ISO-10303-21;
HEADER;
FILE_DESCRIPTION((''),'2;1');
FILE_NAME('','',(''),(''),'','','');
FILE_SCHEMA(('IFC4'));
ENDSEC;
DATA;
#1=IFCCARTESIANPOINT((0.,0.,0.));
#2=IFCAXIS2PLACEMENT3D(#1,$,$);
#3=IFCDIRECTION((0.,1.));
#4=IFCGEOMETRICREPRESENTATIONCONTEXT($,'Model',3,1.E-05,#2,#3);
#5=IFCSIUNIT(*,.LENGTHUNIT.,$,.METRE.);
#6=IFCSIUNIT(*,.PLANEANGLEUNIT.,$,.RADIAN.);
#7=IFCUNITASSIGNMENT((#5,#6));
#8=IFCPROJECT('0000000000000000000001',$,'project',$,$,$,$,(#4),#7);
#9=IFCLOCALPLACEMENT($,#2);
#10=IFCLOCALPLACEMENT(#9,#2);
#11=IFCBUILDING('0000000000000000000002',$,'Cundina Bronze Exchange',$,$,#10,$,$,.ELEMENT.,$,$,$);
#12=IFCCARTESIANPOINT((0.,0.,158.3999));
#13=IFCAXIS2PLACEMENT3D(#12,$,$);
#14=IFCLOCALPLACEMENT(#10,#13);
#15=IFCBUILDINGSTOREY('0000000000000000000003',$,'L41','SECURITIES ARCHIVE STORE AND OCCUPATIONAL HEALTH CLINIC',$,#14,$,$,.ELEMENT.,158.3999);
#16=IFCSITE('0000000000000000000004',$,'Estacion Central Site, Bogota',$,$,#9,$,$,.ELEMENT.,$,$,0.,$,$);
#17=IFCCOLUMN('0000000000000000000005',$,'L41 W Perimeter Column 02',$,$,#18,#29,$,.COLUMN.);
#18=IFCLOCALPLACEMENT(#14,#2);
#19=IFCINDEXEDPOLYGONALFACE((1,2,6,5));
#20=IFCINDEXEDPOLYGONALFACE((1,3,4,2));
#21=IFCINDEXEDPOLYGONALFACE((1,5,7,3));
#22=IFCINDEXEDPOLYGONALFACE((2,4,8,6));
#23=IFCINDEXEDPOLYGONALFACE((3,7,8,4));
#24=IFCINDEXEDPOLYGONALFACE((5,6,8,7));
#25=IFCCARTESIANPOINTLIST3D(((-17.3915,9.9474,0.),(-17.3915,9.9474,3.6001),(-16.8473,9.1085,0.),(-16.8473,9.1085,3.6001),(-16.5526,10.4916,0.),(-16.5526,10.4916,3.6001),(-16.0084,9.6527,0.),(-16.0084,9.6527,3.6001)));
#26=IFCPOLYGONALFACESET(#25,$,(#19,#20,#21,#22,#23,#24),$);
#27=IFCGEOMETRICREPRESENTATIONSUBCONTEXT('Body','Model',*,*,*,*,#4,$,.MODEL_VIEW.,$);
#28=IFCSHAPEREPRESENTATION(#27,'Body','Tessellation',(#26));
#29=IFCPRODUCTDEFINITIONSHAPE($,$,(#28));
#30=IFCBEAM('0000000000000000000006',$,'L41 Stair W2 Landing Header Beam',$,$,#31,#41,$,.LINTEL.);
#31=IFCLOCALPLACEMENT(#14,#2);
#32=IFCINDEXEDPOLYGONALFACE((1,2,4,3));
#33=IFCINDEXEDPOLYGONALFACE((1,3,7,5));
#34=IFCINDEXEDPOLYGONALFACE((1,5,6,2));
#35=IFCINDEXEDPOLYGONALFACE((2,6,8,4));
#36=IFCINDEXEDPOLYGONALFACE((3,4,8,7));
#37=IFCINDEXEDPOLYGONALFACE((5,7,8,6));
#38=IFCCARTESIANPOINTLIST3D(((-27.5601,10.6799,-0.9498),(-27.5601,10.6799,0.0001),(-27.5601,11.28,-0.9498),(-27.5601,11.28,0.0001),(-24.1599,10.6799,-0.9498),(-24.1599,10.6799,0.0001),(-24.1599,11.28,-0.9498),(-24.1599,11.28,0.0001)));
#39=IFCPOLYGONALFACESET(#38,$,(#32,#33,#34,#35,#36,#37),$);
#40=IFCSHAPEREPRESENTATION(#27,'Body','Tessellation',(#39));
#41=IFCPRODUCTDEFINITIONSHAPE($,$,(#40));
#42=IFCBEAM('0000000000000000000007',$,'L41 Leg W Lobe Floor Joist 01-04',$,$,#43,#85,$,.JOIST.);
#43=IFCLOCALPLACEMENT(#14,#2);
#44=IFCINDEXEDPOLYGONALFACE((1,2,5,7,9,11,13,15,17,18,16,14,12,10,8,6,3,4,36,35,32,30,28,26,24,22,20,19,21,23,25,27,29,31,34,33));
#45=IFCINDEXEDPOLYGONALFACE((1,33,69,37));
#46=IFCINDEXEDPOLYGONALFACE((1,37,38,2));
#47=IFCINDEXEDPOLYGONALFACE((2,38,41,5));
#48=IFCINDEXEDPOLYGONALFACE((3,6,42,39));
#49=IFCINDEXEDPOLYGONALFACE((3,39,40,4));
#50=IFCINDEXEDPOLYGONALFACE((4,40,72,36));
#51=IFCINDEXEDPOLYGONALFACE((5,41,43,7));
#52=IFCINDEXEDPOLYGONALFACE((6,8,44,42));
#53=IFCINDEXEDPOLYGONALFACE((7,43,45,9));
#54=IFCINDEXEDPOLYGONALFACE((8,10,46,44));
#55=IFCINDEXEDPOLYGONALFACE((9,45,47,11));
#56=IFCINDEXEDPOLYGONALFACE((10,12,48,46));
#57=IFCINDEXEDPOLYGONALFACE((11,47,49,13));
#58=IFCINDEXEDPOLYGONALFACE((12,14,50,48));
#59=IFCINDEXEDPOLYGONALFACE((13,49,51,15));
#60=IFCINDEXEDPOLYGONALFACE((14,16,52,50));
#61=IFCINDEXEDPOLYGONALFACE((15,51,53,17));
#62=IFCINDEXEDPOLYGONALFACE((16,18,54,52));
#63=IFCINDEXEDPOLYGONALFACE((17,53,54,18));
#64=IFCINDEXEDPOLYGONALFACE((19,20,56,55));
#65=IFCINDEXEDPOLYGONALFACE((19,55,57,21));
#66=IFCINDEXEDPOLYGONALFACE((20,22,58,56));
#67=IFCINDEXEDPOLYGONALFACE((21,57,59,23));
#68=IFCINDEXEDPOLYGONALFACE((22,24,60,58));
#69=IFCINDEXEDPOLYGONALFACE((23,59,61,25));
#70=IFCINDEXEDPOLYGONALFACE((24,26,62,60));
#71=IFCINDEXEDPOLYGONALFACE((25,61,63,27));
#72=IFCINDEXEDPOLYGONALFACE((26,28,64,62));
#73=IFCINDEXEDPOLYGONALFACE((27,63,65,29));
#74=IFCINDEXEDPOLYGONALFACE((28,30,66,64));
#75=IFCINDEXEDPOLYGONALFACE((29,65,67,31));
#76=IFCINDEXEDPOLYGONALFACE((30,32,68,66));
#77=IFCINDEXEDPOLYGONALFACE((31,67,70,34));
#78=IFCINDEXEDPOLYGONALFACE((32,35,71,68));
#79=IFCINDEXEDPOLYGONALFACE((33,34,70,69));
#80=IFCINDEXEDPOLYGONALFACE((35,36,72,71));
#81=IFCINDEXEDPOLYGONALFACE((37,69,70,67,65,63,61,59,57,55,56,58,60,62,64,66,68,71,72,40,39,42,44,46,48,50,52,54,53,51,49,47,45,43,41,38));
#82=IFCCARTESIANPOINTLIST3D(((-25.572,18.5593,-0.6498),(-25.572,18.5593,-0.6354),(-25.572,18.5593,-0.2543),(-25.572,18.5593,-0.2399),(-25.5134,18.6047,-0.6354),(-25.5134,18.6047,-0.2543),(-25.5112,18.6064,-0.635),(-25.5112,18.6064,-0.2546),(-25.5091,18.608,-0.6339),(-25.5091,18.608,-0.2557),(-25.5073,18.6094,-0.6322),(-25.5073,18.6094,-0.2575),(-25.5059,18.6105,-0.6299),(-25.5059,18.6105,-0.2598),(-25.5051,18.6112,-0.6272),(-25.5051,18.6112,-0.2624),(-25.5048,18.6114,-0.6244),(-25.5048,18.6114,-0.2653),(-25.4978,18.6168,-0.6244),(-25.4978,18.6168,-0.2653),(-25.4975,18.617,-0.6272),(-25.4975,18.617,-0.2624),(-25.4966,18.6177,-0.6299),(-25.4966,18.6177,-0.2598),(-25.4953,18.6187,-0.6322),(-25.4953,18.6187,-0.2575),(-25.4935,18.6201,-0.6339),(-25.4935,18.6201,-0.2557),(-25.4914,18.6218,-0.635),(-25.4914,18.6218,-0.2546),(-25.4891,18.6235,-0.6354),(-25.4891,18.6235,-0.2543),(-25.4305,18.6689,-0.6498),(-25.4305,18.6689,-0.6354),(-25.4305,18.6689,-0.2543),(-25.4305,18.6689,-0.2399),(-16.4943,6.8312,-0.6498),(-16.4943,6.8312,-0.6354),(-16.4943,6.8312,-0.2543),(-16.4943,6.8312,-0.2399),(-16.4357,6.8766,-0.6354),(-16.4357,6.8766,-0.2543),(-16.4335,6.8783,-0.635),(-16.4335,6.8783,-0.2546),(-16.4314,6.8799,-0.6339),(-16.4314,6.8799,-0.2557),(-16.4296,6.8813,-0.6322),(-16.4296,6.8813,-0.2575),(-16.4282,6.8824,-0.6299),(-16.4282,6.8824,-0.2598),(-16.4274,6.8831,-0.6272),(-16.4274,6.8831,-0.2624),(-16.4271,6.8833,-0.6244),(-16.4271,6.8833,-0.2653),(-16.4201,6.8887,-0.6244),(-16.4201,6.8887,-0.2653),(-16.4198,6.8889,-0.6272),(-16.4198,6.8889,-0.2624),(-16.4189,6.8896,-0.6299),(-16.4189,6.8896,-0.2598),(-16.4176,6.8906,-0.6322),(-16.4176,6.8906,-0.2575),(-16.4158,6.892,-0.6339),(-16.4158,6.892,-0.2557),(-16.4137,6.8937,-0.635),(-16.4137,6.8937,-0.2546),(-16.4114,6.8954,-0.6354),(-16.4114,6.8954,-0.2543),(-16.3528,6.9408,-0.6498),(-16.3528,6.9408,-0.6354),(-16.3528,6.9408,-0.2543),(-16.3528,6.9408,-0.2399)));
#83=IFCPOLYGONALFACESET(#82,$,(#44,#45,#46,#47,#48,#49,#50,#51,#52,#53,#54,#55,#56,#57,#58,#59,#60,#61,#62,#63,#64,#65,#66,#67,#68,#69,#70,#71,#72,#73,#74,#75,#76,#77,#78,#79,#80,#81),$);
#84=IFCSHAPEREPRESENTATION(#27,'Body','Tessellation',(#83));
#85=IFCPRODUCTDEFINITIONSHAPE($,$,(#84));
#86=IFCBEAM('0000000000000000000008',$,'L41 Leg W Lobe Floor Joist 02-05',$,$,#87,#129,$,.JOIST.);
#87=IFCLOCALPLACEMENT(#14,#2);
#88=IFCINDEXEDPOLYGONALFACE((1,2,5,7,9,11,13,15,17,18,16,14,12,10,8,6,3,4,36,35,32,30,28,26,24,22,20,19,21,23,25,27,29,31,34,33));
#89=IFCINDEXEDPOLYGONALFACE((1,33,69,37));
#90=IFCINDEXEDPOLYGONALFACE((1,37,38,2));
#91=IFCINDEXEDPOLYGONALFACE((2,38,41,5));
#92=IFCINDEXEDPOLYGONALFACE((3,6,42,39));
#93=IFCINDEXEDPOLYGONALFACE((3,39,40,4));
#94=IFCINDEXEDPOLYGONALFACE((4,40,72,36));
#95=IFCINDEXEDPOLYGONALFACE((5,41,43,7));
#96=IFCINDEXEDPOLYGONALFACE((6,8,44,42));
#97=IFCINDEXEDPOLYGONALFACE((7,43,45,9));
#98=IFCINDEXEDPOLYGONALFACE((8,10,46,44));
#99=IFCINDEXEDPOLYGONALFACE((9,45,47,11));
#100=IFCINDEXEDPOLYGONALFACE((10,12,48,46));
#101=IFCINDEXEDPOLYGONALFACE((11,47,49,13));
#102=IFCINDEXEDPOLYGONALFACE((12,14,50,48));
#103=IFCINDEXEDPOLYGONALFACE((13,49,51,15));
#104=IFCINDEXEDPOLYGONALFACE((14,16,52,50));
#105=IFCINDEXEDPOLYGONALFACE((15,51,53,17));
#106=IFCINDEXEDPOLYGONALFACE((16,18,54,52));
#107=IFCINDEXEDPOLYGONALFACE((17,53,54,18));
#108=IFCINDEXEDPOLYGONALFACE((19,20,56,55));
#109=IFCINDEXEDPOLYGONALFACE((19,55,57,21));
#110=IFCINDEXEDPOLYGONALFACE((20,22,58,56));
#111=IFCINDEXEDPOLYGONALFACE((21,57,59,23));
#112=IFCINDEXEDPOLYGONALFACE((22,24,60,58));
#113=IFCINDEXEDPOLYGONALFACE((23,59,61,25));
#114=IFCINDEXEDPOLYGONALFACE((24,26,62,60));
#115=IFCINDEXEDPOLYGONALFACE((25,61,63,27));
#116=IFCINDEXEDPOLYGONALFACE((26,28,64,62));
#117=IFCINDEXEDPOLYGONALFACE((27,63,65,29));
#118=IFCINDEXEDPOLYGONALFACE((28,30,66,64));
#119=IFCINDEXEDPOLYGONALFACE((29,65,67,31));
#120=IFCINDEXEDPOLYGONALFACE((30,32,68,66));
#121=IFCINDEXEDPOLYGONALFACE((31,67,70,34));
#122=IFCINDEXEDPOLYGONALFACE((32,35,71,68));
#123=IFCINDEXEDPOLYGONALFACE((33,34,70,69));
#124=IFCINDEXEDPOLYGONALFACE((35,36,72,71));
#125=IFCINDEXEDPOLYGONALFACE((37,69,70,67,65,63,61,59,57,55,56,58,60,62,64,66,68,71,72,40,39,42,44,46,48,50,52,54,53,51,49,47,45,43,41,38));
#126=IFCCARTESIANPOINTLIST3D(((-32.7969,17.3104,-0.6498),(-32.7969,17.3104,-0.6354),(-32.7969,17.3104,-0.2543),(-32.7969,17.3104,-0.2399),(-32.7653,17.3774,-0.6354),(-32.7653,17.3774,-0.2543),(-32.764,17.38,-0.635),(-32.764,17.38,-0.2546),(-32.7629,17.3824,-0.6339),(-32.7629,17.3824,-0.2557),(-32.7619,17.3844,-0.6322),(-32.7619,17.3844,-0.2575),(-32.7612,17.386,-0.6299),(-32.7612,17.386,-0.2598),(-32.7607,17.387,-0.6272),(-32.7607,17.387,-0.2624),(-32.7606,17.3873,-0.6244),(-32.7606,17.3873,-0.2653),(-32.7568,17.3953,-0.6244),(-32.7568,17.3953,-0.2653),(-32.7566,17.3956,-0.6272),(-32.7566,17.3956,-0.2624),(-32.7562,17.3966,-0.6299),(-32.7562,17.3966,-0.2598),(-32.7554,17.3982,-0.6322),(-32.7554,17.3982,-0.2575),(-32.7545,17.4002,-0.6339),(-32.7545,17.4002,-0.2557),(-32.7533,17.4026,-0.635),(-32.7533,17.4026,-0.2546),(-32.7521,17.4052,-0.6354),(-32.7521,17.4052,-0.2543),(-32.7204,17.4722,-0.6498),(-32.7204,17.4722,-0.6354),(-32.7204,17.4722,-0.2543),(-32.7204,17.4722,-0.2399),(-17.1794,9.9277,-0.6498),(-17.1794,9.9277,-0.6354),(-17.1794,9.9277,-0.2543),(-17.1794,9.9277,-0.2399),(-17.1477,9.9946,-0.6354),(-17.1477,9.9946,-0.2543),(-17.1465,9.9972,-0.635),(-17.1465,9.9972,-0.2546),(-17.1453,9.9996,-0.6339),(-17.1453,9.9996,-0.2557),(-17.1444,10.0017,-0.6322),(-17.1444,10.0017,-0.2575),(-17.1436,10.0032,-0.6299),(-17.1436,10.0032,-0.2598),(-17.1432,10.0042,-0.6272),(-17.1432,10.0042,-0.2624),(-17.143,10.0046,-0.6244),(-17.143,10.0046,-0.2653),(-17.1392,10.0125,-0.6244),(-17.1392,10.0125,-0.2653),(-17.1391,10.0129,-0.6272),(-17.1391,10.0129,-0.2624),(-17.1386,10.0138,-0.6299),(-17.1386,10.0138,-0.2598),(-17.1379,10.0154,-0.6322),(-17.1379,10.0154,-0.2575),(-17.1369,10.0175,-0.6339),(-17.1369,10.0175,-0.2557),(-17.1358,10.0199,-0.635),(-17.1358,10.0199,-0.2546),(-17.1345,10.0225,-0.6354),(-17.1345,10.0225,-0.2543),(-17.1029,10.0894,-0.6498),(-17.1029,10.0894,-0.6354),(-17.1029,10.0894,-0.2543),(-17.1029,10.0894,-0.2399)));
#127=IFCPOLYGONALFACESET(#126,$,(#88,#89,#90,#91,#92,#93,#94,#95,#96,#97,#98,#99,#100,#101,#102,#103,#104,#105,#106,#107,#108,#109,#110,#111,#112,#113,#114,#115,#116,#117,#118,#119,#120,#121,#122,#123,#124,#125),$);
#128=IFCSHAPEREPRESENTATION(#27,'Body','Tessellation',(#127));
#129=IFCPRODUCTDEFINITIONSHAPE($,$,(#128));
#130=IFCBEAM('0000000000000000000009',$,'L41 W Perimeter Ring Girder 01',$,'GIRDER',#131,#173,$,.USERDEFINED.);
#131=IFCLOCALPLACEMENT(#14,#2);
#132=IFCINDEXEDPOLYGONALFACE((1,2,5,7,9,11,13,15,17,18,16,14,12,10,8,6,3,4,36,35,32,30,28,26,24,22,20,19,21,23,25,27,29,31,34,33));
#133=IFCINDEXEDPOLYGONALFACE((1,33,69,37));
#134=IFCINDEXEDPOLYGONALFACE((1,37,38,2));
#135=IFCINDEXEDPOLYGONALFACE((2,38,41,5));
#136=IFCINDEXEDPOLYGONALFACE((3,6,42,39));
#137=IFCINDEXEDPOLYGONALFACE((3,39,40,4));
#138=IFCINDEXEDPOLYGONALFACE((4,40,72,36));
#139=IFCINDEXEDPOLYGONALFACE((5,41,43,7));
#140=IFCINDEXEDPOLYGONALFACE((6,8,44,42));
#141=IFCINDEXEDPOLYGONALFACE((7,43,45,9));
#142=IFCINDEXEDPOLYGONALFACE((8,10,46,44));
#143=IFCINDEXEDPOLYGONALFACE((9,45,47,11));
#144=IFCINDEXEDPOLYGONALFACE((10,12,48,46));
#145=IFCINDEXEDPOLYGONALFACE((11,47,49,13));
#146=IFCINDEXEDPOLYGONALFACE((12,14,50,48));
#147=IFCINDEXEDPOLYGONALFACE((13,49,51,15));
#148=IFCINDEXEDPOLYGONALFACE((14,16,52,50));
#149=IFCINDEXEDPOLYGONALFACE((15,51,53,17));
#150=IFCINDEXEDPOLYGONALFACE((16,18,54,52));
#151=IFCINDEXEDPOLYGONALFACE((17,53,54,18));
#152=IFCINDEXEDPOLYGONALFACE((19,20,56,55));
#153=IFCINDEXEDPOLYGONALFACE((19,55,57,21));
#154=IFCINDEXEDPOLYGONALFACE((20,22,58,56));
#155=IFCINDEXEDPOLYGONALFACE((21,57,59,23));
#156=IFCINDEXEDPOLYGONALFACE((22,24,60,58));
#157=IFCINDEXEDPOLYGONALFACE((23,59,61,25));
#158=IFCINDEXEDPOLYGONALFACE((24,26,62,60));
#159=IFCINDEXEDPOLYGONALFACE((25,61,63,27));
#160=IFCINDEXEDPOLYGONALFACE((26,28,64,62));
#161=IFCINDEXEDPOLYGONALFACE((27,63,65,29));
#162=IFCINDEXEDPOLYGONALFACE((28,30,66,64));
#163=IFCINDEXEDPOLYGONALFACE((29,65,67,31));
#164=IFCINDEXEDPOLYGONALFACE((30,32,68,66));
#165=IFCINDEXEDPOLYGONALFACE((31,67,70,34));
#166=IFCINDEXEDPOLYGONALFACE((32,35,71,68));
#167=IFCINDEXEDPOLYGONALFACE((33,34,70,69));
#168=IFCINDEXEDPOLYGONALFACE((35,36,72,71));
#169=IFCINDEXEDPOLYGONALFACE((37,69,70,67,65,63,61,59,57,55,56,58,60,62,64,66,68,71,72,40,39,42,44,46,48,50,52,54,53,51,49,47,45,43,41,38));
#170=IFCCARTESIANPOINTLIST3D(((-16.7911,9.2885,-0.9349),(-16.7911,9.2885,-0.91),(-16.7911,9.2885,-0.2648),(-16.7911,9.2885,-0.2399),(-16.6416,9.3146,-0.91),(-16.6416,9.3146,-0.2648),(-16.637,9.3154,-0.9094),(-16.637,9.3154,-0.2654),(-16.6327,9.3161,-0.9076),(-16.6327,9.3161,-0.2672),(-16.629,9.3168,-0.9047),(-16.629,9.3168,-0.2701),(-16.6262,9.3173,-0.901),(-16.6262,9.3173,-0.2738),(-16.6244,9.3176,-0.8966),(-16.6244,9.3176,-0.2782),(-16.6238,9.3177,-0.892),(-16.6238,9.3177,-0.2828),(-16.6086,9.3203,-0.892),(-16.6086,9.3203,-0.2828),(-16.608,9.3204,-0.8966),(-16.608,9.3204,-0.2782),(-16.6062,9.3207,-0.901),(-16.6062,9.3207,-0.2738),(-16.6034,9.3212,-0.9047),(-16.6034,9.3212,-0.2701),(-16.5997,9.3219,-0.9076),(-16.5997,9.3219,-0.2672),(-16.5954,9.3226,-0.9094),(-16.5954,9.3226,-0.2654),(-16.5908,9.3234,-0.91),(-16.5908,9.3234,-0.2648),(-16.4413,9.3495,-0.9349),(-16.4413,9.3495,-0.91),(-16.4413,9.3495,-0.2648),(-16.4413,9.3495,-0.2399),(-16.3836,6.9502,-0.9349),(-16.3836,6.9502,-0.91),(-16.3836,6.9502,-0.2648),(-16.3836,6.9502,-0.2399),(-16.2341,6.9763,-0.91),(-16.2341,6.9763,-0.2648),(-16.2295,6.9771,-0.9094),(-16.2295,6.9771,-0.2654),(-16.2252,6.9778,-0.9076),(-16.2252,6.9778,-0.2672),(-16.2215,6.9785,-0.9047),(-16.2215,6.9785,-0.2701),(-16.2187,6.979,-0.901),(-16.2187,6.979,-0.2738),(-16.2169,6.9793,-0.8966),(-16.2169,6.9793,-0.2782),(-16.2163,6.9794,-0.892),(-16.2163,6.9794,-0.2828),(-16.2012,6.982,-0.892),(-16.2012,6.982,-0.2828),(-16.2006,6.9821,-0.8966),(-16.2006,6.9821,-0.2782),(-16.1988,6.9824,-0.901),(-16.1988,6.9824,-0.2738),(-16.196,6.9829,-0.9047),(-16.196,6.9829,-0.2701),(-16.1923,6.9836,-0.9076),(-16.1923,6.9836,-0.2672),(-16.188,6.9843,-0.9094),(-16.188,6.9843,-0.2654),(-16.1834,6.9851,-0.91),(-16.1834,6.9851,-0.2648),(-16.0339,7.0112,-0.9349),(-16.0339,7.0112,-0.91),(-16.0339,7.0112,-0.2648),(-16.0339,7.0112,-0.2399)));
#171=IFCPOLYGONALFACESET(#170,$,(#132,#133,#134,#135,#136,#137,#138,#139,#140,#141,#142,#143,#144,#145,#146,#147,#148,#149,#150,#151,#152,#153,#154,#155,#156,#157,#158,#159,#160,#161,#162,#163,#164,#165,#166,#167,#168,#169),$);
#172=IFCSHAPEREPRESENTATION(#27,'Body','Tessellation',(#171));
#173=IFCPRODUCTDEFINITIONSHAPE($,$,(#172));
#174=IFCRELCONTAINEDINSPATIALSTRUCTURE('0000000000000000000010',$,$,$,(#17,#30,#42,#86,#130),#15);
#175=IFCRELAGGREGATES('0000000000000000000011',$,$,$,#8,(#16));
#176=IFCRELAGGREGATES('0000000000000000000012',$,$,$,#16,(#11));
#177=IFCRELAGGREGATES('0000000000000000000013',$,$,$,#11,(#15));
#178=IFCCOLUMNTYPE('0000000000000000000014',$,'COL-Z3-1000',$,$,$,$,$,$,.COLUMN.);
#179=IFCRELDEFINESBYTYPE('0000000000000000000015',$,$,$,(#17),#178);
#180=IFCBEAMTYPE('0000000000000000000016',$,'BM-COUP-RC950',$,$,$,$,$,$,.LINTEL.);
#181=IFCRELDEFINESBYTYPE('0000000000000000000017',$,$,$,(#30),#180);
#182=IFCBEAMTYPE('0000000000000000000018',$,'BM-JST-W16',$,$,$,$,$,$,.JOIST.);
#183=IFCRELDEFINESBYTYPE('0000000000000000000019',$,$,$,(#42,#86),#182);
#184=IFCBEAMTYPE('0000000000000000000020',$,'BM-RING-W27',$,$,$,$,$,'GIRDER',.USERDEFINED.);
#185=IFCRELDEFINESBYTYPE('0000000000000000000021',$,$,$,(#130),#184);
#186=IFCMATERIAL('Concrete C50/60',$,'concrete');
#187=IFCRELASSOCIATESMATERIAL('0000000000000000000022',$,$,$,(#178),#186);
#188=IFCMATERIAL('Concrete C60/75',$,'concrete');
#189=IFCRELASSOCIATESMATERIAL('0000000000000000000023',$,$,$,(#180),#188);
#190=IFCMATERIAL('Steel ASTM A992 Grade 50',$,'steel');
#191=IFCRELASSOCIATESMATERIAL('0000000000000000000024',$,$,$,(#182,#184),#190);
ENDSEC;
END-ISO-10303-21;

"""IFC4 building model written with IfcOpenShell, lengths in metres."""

from ifc_helpers import new_model, si_unit, direction, frame, origin, origin_2d, place, context, subcontext, project, spatial, rectangle, i_section, extrude, material, material_profile, profile_set, type_object, element, save


model = new_model("IFC4")

# Units and contexts
model_context = context("Model", 3, precision=1e-05, world=origin(), true_north=direction((0.0, 1.0)))
body_context = subcontext(model_context, "Body", "Model", "MODEL_VIEW")
ifc_project = project(units=[si_unit("LENGTHUNIT", "METRE"), si_unit("PLANEANGLEUNIT", "RADIAN")], contexts=[model_context])

# Site, building, storey
site_placement = place(None, origin())
site = spatial("IfcSite", under=ifc_project, at=site_placement, Name="Estacion Central Site, Bogota", CompositionType="ELEMENT", RefElevation=0.0)
building_placement = place(site_placement, origin())
building = spatial("IfcBuilding", under=site, at=building_placement, Name="Cundina Bronze Exchange", CompositionType="ELEMENT")
storey_placement = place(building_placement, frame((0.0, 0.0, 158.3999)))
storey = spatial("IfcBuildingStorey", under=building, at=storey_placement, Name="L41", Description="SECURITIES ARCHIVE STORE AND OCCUPATIONAL HEALTH CLINIC", CompositionType="ELEMENT", Elevation=158.3999)

# Column
ifc_material_1 = material(Name="Concrete C50/60", Category="concrete")
ifc_material_profile_1 = material_profile(ifc_material_1, rectangle(XDim=1.0, YDim=1.0, at=origin_2d()), Name="RC1000X1000", Category="concrete")
ifc_profile_set_1 = profile_set([ifc_material_profile_1], Name="Concrete C50/60")
column_type = type_object("IfcColumnType", Name="COL-Z3-1000", PredefinedType="COLUMN", material=ifc_profile_set_1)
column_placement = place(storey_placement, frame((-16.7, 9.8, 0.0), z_axis=(0.0, 0.0, 1.0), x_axis=(-0.5442, 0.838956, 0.0)))
element("IfcColumn", 1, at=column_placement, inside=storey, type_object=column_type, Name="L41 W Perimeter Column 02", PredefinedType="COLUMN", context=body_context, shape_type="SweptSolid", body=[
    extrude(rectangle(XDim=1.0, YDim=1.0, at=origin_2d()), origin(), (0.0, 0.0, 1.0), 3.6001),
])

# Beams
ifc_material_2 = material(Name="Concrete C60/75", Category="concrete")
ifc_material_profile_2 = material_profile(ifc_material_2, rectangle(XDim=0.6001, YDim=0.95, at=origin_2d()), Name="RC600X950", Category="concrete")
ifc_profile_set_2 = profile_set([ifc_material_profile_2], Name="Concrete C60/75")
beam_type_1 = type_object("IfcBeamType", Name="BM-COUP-RC950", PredefinedType="LINTEL", material=ifc_profile_set_2)
beam_1_placement = place(storey_placement, frame((-27.5601, 10.98, -0.4749), z_axis=(1.0, 0.0, 0.0), x_axis=(0.0, 1.0, 0.0)))
element("IfcBeam", 2, at=beam_1_placement, inside=storey, type_object=beam_type_1, Name="L41 Stair W2 Landing Header Beam", PredefinedType="LINTEL", context=body_context, shape_type="SweptSolid", body=[
    extrude(rectangle(XDim=0.6001, YDim=0.95, at=origin_2d()), origin(), (0.0, 0.0, 1.0), 3.4001),
])
ifc_material_3 = material(Name="Steel ASTM A992 Grade 50", Category="steel")
ifc_material_profile_3 = material_profile(ifc_material_3, i_section(OverallWidth=0.179, OverallDepth=0.4099, WebThickness=0.0088, FlangeThickness=0.0144, FilletRadius=0.011, at=origin_2d()), Name="W16X45", Category="steel")
ifc_profile_set_3 = profile_set([ifc_material_profile_3], Name="Steel ASTM A992 Grade 50")
beam_type_2 = type_object("IfcBeamType", Name="BM-JST-W16", PredefinedType="JOIST", material=ifc_profile_set_3)
beam_2_placement = place(storey_placement, frame((-16.4236, 6.886, -0.4448), z_axis=(-0.612084, 0.790793, 0.0), x_axis=(-0.790793, -0.612084, 0.0)))
element("IfcBeam", 3, at=beam_2_placement, inside=storey, type_object=beam_type_2, Name="L41 Leg W Lobe Floor Joist 01-04", PredefinedType="JOIST", context=body_context, shape_type="SweptSolid", body=[
    extrude(i_section(OverallWidth=0.179, OverallDepth=0.4099, WebThickness=0.0088, FlangeThickness=0.0144, FilletRadius=0.011, at=origin_2d()), origin(), (0.0, 0.0, 1.0), 14.8308),
])
beam_3_placement = place(storey_placement, frame((-17.1411, 10.0085, -0.4448), z_axis=(-0.904074, 0.427375, 0.0), x_axis=(-0.427375, -0.904074, 0.0)))
element("IfcBeam", 4, at=beam_3_placement, inside=storey, type_object=beam_type_2, Name="L41 Leg W Lobe Floor Joist 02-05", PredefinedType="JOIST", context=body_context, shape_type="SweptSolid", body=[
    extrude(i_section(OverallWidth=0.179, OverallDepth=0.4099, WebThickness=0.0088, FlangeThickness=0.0144, FilletRadius=0.011, at=origin_2d()), origin(), (0.0, 0.0, 1.0), 17.2747),
])
ifc_material_profile_4 = material_profile(ifc_material_3, i_section(OverallWidth=0.355, OverallDepth=0.6951, WebThickness=0.0154, FlangeThickness=0.0249, FilletRadius=0.0181, at=origin_2d()), Name="W27X146", Category="steel")
ifc_profile_set_4 = profile_set([ifc_material_profile_4], Name="Steel ASTM A992 Grade 50")
beam_type_3 = type_object("IfcBeamType", Name="BM-RING-W27", ElementType="GIRDER", PredefinedType="USERDEFINED", material=ifc_profile_set_4)
beam_4_placement = place(storey_placement, frame((-16.2087, 6.9807, -0.5874), z_axis=(-0.171667, 0.985155, 0.0), x_axis=(-0.985155, -0.171667, 0.0)))
element("IfcBeam", 5, at=beam_4_placement, inside=storey, type_object=beam_type_3, Name="L41 W Perimeter Ring Girder 01", ObjectType="GIRDER", PredefinedType="USERDEFINED", context=body_context, shape_type="SweptSolid", body=[
    extrude(i_section(OverallWidth=0.355, OverallDepth=0.6951, WebThickness=0.0154, FlangeThickness=0.0249, FilletRadius=0.0181, at=origin_2d()), origin(), (0.0, 0.0, 1.0), 2.3735),
])

save(model, "model.ifc")
